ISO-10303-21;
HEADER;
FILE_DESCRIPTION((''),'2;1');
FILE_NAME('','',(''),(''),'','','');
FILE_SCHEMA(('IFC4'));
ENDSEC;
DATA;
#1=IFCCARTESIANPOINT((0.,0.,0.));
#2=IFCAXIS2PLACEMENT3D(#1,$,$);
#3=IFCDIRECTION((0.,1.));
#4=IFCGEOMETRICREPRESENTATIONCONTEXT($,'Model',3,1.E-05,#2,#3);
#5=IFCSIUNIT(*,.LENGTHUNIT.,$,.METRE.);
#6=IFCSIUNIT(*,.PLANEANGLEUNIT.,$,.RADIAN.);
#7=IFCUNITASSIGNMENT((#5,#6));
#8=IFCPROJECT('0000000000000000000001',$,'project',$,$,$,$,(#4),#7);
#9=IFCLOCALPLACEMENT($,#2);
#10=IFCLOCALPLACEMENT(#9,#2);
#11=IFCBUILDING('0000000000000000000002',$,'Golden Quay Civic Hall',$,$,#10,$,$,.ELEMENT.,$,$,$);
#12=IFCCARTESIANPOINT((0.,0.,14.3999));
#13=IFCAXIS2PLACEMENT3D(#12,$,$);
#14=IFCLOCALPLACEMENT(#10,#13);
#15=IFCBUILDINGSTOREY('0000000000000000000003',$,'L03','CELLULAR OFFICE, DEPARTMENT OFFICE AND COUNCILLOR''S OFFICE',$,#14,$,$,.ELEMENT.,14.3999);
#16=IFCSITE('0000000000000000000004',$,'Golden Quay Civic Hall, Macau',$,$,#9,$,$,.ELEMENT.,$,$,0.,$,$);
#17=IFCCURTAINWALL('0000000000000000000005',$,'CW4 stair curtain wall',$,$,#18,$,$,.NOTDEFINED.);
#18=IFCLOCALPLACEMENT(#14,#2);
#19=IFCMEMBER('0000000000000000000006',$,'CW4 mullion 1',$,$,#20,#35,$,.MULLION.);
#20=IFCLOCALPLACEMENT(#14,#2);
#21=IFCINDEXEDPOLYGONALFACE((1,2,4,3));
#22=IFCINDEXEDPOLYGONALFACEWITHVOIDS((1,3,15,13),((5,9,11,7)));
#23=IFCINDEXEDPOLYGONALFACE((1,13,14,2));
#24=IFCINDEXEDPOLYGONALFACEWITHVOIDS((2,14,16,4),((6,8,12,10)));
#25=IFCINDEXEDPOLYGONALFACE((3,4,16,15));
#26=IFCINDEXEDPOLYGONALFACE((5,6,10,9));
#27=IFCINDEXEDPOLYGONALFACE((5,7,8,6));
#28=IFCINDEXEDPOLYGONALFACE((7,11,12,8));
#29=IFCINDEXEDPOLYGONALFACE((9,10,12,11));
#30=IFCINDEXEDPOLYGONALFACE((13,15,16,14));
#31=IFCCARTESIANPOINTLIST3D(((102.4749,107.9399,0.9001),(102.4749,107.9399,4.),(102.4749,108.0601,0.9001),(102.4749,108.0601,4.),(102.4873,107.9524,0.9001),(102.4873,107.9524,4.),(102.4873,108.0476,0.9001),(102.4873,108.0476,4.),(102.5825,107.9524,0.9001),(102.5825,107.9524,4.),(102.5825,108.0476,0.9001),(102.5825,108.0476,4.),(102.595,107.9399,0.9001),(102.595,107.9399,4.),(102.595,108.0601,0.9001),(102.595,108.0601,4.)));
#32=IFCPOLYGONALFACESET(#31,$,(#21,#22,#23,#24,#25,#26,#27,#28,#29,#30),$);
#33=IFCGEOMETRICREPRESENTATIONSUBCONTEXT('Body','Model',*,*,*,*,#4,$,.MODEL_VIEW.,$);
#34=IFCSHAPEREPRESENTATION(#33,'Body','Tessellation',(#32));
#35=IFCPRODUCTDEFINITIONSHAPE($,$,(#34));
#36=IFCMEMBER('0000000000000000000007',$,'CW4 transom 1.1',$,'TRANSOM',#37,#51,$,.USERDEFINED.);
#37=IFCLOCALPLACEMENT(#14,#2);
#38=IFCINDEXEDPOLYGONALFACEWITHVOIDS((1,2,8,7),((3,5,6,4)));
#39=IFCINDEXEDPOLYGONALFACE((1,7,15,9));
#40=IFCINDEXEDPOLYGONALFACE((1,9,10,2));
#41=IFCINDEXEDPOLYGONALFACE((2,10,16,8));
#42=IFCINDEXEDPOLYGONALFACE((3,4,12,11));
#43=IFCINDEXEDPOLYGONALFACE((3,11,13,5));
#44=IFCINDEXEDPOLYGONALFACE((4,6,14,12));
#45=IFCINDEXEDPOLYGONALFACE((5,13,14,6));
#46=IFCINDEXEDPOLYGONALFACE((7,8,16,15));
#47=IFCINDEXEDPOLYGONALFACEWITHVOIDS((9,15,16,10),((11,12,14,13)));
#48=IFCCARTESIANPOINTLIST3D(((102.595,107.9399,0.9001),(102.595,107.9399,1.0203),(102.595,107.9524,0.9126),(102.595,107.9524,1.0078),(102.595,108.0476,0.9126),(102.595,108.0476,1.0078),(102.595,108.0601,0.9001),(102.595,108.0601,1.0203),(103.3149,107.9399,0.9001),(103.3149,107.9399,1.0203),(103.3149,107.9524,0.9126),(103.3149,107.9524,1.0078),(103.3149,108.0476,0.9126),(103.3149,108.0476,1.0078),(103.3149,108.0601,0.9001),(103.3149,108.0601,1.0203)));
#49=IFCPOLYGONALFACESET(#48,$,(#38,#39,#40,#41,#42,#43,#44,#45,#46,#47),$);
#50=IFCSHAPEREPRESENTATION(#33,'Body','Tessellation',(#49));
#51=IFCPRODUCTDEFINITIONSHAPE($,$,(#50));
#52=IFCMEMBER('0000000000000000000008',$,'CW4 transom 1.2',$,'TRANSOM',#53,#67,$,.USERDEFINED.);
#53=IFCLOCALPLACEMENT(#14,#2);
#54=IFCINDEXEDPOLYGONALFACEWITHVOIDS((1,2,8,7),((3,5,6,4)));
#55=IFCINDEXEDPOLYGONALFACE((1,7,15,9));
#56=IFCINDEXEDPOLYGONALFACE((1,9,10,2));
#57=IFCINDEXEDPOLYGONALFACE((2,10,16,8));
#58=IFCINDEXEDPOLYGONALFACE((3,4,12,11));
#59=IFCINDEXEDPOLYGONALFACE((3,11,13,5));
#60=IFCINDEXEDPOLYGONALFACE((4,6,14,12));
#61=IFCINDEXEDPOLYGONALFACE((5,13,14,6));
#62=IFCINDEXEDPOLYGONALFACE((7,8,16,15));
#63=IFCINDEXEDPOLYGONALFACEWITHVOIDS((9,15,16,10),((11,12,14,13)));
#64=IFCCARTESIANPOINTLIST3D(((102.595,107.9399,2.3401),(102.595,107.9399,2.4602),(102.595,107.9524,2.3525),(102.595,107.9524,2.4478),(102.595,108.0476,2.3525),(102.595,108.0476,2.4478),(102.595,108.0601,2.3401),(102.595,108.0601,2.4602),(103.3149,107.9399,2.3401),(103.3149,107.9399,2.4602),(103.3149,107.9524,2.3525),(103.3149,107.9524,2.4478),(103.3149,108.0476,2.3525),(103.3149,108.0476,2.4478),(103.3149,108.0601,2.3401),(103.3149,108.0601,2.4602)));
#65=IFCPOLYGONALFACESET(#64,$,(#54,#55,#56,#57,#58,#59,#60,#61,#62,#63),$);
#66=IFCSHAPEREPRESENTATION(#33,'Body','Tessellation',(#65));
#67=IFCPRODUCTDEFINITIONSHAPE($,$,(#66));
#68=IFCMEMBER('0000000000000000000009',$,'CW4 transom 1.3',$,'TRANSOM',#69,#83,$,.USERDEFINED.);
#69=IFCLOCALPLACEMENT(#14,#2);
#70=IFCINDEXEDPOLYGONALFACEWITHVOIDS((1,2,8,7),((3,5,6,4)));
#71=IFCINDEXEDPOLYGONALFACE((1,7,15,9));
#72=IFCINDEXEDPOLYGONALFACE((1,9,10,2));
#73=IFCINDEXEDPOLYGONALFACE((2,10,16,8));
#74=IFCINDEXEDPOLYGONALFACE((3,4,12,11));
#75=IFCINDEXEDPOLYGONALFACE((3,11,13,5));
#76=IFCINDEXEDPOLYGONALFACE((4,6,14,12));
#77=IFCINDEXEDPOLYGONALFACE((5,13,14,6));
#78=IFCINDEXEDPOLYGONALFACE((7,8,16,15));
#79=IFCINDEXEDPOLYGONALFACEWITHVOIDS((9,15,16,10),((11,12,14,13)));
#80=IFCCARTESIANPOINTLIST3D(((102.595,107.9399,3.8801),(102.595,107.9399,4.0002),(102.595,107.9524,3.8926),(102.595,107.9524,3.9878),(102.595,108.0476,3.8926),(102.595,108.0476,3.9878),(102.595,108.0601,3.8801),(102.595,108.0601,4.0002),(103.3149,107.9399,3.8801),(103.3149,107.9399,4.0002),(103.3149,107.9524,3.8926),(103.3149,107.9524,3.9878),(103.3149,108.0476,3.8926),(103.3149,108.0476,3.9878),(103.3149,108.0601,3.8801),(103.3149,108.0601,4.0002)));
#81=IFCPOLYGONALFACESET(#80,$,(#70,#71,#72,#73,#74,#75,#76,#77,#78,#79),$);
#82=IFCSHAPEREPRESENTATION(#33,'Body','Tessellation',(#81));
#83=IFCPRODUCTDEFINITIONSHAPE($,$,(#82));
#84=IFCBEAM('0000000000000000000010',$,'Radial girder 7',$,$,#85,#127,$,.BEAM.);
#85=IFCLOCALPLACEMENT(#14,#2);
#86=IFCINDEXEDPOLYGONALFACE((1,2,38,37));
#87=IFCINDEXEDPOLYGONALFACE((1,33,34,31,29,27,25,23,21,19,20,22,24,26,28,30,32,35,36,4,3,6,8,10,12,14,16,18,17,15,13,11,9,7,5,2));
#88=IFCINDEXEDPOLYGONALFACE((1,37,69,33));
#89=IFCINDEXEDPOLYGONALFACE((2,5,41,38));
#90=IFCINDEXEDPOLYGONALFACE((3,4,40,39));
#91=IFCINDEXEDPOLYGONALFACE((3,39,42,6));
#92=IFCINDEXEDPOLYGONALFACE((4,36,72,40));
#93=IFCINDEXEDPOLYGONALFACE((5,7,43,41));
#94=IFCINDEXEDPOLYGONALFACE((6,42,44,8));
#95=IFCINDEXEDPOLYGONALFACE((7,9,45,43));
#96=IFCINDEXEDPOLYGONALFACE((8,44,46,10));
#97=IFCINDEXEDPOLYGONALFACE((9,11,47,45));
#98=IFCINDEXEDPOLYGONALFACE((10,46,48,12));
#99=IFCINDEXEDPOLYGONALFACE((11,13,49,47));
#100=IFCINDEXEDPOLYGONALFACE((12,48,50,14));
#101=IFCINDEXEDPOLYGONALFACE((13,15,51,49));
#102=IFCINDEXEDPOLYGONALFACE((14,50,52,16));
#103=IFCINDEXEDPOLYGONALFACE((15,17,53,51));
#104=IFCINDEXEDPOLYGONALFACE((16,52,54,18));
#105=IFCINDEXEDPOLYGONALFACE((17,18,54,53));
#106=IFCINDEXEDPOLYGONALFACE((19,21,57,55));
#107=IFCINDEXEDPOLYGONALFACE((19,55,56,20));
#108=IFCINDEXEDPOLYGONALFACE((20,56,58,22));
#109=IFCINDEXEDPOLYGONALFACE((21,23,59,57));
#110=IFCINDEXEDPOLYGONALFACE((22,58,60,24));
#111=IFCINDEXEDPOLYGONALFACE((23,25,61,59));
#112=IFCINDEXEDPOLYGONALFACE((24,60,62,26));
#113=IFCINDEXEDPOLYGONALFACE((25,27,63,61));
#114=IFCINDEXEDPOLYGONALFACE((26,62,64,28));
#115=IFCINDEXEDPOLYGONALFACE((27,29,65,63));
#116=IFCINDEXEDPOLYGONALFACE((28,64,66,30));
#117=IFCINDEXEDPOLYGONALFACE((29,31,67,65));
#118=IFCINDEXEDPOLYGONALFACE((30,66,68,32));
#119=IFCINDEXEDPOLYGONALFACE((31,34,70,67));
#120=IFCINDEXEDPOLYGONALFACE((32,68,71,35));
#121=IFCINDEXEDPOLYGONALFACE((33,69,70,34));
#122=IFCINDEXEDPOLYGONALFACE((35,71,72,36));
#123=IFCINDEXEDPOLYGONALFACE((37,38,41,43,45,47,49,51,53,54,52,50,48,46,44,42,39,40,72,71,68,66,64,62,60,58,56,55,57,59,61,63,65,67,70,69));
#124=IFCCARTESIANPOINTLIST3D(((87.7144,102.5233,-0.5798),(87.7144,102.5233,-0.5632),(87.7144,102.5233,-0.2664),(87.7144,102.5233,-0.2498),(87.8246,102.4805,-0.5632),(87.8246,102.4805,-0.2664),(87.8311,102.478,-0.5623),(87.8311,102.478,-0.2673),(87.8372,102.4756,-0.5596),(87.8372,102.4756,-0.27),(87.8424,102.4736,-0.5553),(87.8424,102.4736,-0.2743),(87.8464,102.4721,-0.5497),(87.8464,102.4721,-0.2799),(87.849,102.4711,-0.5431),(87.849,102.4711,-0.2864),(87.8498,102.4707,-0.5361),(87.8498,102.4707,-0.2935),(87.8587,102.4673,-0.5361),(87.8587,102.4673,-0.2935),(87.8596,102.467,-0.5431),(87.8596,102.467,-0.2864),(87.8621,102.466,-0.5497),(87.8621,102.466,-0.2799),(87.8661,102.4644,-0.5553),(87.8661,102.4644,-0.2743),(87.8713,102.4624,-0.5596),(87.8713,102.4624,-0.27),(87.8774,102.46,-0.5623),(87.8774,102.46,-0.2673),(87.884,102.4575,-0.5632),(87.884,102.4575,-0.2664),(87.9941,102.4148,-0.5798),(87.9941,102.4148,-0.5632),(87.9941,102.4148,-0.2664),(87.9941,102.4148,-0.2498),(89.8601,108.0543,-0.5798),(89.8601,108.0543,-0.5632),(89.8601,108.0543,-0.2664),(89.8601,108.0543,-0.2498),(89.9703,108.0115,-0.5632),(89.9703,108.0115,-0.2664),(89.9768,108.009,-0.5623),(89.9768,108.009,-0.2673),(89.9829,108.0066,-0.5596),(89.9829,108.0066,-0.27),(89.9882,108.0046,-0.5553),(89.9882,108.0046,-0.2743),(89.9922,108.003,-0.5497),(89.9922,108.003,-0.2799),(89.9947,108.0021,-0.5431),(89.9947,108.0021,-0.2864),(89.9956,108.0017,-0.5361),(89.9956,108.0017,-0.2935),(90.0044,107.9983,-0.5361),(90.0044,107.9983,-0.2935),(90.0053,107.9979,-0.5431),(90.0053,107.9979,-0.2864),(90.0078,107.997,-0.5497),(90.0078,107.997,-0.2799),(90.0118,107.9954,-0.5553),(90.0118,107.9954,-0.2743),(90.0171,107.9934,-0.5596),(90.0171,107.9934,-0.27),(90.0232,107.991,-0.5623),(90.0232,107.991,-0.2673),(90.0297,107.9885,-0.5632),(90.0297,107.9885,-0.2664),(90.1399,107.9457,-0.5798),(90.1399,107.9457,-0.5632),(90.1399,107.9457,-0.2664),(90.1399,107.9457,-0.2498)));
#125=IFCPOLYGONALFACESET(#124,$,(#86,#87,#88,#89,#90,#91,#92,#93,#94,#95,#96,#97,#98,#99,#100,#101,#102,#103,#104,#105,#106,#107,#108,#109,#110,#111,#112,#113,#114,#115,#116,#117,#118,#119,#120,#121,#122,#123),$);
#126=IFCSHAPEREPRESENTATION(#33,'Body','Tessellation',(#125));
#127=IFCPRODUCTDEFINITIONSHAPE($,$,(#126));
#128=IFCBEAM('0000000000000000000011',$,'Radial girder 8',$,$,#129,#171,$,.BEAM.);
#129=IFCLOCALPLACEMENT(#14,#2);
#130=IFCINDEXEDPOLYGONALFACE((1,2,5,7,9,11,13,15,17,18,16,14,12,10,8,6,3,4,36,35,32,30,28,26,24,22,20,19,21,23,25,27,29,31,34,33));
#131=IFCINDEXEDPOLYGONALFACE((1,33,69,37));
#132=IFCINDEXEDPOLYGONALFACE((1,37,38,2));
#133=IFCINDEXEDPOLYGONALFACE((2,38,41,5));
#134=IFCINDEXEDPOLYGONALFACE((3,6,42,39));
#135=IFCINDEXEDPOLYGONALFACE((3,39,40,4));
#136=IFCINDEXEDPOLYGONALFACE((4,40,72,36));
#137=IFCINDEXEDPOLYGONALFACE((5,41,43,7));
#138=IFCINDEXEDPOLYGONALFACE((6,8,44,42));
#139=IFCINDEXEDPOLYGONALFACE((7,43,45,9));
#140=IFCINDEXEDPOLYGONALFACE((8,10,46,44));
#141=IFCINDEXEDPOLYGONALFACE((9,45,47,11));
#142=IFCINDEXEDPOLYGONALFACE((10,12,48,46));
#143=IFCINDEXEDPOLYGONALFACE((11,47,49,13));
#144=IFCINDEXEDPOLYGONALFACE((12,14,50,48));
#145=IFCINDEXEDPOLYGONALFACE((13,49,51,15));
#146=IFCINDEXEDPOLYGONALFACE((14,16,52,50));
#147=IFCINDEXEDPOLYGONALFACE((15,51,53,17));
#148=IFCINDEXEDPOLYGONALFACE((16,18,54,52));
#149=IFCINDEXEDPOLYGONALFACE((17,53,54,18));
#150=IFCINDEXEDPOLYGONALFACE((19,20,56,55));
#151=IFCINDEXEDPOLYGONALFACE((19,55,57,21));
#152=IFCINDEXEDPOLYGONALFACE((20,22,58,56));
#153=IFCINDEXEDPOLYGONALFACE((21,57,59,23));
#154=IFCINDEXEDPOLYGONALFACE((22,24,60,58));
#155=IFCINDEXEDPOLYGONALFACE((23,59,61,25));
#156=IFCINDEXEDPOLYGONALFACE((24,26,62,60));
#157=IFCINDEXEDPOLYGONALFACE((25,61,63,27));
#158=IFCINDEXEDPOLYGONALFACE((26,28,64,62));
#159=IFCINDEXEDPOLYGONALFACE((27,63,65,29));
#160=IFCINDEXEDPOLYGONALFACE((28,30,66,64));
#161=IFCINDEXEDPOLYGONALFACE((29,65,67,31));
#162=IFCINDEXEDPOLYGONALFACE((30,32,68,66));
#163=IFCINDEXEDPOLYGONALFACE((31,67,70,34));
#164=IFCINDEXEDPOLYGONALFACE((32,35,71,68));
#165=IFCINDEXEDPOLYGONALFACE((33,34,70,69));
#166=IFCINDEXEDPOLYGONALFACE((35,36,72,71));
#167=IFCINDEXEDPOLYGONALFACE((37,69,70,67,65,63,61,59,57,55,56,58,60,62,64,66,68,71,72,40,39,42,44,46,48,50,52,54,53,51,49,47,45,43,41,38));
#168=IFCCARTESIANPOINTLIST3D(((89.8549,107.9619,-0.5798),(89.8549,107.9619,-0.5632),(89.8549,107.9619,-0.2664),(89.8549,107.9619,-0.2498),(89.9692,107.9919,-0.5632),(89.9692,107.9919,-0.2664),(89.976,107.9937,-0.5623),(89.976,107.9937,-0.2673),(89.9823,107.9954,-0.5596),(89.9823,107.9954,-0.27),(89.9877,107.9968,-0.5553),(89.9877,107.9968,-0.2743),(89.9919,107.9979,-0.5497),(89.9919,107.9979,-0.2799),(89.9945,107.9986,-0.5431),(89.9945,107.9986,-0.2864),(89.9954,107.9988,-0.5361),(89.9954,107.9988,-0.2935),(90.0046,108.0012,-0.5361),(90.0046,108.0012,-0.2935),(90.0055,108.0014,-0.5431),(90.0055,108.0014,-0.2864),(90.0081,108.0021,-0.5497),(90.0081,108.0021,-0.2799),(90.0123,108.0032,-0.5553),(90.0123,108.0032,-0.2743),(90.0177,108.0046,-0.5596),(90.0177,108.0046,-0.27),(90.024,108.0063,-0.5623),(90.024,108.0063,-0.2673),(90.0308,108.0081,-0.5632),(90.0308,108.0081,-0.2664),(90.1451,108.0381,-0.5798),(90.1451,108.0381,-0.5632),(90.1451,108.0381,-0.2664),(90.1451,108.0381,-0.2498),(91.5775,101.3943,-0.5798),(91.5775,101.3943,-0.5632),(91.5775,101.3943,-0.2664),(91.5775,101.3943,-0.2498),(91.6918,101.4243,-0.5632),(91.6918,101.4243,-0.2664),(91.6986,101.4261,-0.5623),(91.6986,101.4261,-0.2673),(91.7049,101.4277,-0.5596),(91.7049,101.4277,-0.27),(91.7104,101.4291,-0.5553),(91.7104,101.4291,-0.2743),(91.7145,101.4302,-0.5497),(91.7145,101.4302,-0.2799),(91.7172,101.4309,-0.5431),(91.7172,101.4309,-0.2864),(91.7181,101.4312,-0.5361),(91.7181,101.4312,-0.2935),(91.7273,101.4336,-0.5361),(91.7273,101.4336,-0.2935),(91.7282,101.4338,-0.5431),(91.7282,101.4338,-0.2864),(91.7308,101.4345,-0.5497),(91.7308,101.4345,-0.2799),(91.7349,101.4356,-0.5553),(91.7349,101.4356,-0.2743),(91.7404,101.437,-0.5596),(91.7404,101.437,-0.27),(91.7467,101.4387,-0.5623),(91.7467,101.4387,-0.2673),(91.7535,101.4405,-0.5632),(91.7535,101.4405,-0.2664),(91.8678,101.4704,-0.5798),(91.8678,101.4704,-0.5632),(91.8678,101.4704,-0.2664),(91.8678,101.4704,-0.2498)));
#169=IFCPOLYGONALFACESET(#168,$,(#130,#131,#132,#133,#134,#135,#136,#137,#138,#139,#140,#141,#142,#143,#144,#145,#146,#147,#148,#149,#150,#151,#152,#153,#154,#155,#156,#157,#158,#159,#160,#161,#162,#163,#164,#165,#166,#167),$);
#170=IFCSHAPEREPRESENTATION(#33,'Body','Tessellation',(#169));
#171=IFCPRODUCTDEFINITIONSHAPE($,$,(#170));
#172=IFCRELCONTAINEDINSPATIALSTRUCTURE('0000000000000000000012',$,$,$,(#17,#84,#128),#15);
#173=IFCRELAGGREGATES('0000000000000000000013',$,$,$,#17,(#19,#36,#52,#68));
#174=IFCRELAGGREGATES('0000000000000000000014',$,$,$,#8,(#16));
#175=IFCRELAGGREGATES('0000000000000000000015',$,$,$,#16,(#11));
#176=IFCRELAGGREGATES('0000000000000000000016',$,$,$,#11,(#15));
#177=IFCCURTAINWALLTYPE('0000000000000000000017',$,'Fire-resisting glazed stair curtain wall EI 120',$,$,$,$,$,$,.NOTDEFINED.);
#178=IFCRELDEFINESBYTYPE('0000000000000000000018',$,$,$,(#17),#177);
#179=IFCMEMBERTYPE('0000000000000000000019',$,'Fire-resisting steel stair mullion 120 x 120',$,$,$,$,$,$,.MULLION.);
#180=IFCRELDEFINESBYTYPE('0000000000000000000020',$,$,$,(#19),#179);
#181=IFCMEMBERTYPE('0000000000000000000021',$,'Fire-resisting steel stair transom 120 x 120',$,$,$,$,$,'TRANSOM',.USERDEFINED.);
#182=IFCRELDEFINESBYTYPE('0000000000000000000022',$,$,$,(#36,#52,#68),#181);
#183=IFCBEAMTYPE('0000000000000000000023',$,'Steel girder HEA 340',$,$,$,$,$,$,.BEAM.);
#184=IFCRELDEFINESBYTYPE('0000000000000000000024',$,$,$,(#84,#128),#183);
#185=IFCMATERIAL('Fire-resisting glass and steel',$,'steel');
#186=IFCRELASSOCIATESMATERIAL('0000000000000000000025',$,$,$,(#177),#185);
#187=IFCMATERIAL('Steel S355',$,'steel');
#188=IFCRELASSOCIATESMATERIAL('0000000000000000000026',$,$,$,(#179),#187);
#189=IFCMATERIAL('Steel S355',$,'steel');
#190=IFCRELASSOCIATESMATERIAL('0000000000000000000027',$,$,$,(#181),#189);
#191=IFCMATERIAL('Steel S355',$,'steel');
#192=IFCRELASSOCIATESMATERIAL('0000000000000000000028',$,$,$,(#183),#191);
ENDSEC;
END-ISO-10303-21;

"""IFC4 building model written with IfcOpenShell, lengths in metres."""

from ifc_helpers import new_model, si_unit, direction, frame, origin, origin_2d, place, context, subcontext, project, spatial, hollow_rectangle, i_section, extrude, material, material_profile, profile_set, type_object, element, aggregate, save


model = new_model("IFC4")

# Units and contexts
model_context = context("Model", 3, precision=1e-05, world=origin(), true_north=direction((0.0, 1.0)))
body_context = subcontext(model_context, "Body", "Model", "MODEL_VIEW")
ifc_project = project(units=[si_unit("LENGTHUNIT", "METRE"), si_unit("PLANEANGLEUNIT", "RADIAN")], contexts=[model_context])

# Site, building, storey
site_placement = place(None, origin())
site = spatial("IfcSite", under=ifc_project, at=site_placement, Name="Golden Quay Civic Hall, Macau", CompositionType="ELEMENT", RefElevation=0.0)
building_placement = place(site_placement, origin())
building = spatial("IfcBuilding", under=site, at=building_placement, Name="Golden Quay Civic Hall", CompositionType="ELEMENT")
storey_placement = place(building_placement, frame((0.0, 0.0, 14.3999)))
storey = spatial("IfcBuildingStorey", under=building, at=storey_placement, Name="L03", Description="CELLULAR OFFICE, DEPARTMENT OFFICE AND COUNCILLOR'S OFFICE", CompositionType="ELEMENT", Elevation=14.3999)

# Curtain wall, members
ifc_material_1 = material(Name="Fire-resisting glass and steel", Category="steel")
curtain_wall_type = type_object("IfcCurtainWallType", Name="Fire-resisting glazed stair curtain wall EI 120", PredefinedType="NOTDEFINED", material=ifc_material_1)
curtain_wall_placement = place(storey_placement, origin())
curtain_wall = element("IfcCurtainWall", 1, at=curtain_wall_placement, inside=storey, type_object=curtain_wall_type, Name="CW4 stair curtain wall", PredefinedType="NOTDEFINED")
ifc_material_2 = material(Name="Steel S355", Category="steel")
ifc_material_profile_1 = material_profile(ifc_material_2, hollow_rectangle(XDim=0.1201, YDim=0.1201, WallThickness=0.0125, at=origin_2d()), Name="SHS 120x120x12.5")
ifc_profile_set_1 = profile_set([ifc_material_profile_1], Name="Steel S355")
member_type_1 = type_object("IfcMemberType", Name="Fire-resisting steel stair mullion 120 x 120", PredefinedType="MULLION", material=ifc_profile_set_1)
member_1_placement = place(storey_placement, frame((102.5349, 108.0, 0.9001), z_axis=(0.0, 0.0, 1.0), x_axis=(0.0, 1.0, 0.0)))
member_1 = element("IfcMember", 2, at=member_1_placement, type_object=member_type_1, Name="CW4 mullion 1", PredefinedType="MULLION", context=body_context, shape_type="SweptSolid", body=[
    extrude(hollow_rectangle(XDim=0.1201, YDim=0.1201, WallThickness=0.0125, at=origin_2d()), origin(), (0.0, 0.0, 1.0), 3.0999),
])
ifc_material_3 = material(Name="Steel S355", Category="steel")
ifc_material_profile_2 = material_profile(ifc_material_3, hollow_rectangle(XDim=0.1201, YDim=0.1201, WallThickness=0.0125, at=origin_2d()), Name="SHS 120x120x12.5")
ifc_profile_set_2 = profile_set([ifc_material_profile_2], Name="Steel S355")
member_type_2 = type_object("IfcMemberType", Name="Fire-resisting steel stair transom 120 x 120", ElementType="TRANSOM", PredefinedType="USERDEFINED", material=ifc_profile_set_2)
member_2_placement = place(storey_placement, frame((102.595, 108.0, 0.9602), z_axis=(1.0, 0.0, 0.0), x_axis=(0.0, 1.0, 0.0)))
member_2 = element("IfcMember", 3, at=member_2_placement, type_object=member_type_2, Name="CW4 transom 1.1", ObjectType="TRANSOM", PredefinedType="USERDEFINED", context=body_context, shape_type="SweptSolid", body=[
    extrude(hollow_rectangle(XDim=0.1201, YDim=0.1201, WallThickness=0.0125, at=origin_2d()), origin(), (0.0, 0.0, 1.0), 0.72),
])
member_3_placement = place(storey_placement, frame((102.595, 108.0, 2.4001), z_axis=(1.0, 0.0, 0.0), x_axis=(0.0, 1.0, 0.0)))
member_3 = element("IfcMember", 4, at=member_3_placement, type_object=member_type_2, Name="CW4 transom 1.2", ObjectType="TRANSOM", PredefinedType="USERDEFINED", context=body_context, shape_type="SweptSolid", body=[
    extrude(hollow_rectangle(XDim=0.1201, YDim=0.1201, WallThickness=0.0125, at=origin_2d()), origin(), (0.0, 0.0, 1.0), 0.72),
])
member_4_placement = place(storey_placement, frame((102.595, 108.0, 3.9402), z_axis=(1.0, 0.0, 0.0), x_axis=(0.0, 1.0, 0.0)))
member_4 = element("IfcMember", 5, at=member_4_placement, type_object=member_type_2, Name="CW4 transom 1.3", ObjectType="TRANSOM", PredefinedType="USERDEFINED", context=body_context, shape_type="SweptSolid", body=[
    extrude(hollow_rectangle(XDim=0.1201, YDim=0.1201, WallThickness=0.0125, at=origin_2d()), origin(), (0.0, 0.0, 1.0), 0.72),
])

# Beams
ifc_material_4 = material(Name="Steel S355", Category="steel")
ifc_material_profile_3 = material_profile(ifc_material_4, i_section(OverallWidth=0.3, OverallDepth=0.3301, WebThickness=0.0095, FlangeThickness=0.0166, FilletRadius=0.0271, at=origin_2d()), Name="HEA 340")
ifc_profile_set_3 = profile_set([ifc_material_profile_3], Name="Steel S355")
beam_type_1 = type_object("IfcBeamType", Name="Steel girder HEA 340", PredefinedType="BEAM", material=ifc_profile_set_3)
beam_1_placement = place(storey_placement, frame((90.0, 108.0, -0.4148), z_axis=(-0.361686, -0.9323, 0.0), x_axis=(0.9323, -0.361686, 0.0)))
element("IfcBeam", 6, at=beam_1_placement, inside=storey, type_object=beam_type_1, Name="Radial girder 7", PredefinedType="BEAM", context=body_context, shape_type="SweptSolid", body=[
    extrude(i_section(OverallWidth=0.3, OverallDepth=0.3301, WebThickness=0.0095, FlangeThickness=0.0166, FilletRadius=0.0271, at=origin_2d()), origin(), (0.0, 0.0, 1.0), 5.9326),
])
beam_2_placement = place(storey_placement, frame((90.0, 108.0, -0.4148), z_axis=(0.253713, -0.96728, 0.0), x_axis=(0.96728, 0.253713, 0.0)))
element("IfcBeam", 7, at=beam_2_placement, inside=storey, type_object=beam_type_1, Name="Radial girder 8", PredefinedType="BEAM", context=body_context, shape_type="SweptSolid", body=[
    extrude(i_section(OverallWidth=0.3, OverallDepth=0.3301, WebThickness=0.0095, FlangeThickness=0.0166, FilletRadius=0.0271, at=origin_2d()), origin(), (0.0, 0.0, 1.0), 6.7898),
])

aggregate(curtain_wall, [member_1, member_2, member_3, member_4])

save(model, "model.ifc")
